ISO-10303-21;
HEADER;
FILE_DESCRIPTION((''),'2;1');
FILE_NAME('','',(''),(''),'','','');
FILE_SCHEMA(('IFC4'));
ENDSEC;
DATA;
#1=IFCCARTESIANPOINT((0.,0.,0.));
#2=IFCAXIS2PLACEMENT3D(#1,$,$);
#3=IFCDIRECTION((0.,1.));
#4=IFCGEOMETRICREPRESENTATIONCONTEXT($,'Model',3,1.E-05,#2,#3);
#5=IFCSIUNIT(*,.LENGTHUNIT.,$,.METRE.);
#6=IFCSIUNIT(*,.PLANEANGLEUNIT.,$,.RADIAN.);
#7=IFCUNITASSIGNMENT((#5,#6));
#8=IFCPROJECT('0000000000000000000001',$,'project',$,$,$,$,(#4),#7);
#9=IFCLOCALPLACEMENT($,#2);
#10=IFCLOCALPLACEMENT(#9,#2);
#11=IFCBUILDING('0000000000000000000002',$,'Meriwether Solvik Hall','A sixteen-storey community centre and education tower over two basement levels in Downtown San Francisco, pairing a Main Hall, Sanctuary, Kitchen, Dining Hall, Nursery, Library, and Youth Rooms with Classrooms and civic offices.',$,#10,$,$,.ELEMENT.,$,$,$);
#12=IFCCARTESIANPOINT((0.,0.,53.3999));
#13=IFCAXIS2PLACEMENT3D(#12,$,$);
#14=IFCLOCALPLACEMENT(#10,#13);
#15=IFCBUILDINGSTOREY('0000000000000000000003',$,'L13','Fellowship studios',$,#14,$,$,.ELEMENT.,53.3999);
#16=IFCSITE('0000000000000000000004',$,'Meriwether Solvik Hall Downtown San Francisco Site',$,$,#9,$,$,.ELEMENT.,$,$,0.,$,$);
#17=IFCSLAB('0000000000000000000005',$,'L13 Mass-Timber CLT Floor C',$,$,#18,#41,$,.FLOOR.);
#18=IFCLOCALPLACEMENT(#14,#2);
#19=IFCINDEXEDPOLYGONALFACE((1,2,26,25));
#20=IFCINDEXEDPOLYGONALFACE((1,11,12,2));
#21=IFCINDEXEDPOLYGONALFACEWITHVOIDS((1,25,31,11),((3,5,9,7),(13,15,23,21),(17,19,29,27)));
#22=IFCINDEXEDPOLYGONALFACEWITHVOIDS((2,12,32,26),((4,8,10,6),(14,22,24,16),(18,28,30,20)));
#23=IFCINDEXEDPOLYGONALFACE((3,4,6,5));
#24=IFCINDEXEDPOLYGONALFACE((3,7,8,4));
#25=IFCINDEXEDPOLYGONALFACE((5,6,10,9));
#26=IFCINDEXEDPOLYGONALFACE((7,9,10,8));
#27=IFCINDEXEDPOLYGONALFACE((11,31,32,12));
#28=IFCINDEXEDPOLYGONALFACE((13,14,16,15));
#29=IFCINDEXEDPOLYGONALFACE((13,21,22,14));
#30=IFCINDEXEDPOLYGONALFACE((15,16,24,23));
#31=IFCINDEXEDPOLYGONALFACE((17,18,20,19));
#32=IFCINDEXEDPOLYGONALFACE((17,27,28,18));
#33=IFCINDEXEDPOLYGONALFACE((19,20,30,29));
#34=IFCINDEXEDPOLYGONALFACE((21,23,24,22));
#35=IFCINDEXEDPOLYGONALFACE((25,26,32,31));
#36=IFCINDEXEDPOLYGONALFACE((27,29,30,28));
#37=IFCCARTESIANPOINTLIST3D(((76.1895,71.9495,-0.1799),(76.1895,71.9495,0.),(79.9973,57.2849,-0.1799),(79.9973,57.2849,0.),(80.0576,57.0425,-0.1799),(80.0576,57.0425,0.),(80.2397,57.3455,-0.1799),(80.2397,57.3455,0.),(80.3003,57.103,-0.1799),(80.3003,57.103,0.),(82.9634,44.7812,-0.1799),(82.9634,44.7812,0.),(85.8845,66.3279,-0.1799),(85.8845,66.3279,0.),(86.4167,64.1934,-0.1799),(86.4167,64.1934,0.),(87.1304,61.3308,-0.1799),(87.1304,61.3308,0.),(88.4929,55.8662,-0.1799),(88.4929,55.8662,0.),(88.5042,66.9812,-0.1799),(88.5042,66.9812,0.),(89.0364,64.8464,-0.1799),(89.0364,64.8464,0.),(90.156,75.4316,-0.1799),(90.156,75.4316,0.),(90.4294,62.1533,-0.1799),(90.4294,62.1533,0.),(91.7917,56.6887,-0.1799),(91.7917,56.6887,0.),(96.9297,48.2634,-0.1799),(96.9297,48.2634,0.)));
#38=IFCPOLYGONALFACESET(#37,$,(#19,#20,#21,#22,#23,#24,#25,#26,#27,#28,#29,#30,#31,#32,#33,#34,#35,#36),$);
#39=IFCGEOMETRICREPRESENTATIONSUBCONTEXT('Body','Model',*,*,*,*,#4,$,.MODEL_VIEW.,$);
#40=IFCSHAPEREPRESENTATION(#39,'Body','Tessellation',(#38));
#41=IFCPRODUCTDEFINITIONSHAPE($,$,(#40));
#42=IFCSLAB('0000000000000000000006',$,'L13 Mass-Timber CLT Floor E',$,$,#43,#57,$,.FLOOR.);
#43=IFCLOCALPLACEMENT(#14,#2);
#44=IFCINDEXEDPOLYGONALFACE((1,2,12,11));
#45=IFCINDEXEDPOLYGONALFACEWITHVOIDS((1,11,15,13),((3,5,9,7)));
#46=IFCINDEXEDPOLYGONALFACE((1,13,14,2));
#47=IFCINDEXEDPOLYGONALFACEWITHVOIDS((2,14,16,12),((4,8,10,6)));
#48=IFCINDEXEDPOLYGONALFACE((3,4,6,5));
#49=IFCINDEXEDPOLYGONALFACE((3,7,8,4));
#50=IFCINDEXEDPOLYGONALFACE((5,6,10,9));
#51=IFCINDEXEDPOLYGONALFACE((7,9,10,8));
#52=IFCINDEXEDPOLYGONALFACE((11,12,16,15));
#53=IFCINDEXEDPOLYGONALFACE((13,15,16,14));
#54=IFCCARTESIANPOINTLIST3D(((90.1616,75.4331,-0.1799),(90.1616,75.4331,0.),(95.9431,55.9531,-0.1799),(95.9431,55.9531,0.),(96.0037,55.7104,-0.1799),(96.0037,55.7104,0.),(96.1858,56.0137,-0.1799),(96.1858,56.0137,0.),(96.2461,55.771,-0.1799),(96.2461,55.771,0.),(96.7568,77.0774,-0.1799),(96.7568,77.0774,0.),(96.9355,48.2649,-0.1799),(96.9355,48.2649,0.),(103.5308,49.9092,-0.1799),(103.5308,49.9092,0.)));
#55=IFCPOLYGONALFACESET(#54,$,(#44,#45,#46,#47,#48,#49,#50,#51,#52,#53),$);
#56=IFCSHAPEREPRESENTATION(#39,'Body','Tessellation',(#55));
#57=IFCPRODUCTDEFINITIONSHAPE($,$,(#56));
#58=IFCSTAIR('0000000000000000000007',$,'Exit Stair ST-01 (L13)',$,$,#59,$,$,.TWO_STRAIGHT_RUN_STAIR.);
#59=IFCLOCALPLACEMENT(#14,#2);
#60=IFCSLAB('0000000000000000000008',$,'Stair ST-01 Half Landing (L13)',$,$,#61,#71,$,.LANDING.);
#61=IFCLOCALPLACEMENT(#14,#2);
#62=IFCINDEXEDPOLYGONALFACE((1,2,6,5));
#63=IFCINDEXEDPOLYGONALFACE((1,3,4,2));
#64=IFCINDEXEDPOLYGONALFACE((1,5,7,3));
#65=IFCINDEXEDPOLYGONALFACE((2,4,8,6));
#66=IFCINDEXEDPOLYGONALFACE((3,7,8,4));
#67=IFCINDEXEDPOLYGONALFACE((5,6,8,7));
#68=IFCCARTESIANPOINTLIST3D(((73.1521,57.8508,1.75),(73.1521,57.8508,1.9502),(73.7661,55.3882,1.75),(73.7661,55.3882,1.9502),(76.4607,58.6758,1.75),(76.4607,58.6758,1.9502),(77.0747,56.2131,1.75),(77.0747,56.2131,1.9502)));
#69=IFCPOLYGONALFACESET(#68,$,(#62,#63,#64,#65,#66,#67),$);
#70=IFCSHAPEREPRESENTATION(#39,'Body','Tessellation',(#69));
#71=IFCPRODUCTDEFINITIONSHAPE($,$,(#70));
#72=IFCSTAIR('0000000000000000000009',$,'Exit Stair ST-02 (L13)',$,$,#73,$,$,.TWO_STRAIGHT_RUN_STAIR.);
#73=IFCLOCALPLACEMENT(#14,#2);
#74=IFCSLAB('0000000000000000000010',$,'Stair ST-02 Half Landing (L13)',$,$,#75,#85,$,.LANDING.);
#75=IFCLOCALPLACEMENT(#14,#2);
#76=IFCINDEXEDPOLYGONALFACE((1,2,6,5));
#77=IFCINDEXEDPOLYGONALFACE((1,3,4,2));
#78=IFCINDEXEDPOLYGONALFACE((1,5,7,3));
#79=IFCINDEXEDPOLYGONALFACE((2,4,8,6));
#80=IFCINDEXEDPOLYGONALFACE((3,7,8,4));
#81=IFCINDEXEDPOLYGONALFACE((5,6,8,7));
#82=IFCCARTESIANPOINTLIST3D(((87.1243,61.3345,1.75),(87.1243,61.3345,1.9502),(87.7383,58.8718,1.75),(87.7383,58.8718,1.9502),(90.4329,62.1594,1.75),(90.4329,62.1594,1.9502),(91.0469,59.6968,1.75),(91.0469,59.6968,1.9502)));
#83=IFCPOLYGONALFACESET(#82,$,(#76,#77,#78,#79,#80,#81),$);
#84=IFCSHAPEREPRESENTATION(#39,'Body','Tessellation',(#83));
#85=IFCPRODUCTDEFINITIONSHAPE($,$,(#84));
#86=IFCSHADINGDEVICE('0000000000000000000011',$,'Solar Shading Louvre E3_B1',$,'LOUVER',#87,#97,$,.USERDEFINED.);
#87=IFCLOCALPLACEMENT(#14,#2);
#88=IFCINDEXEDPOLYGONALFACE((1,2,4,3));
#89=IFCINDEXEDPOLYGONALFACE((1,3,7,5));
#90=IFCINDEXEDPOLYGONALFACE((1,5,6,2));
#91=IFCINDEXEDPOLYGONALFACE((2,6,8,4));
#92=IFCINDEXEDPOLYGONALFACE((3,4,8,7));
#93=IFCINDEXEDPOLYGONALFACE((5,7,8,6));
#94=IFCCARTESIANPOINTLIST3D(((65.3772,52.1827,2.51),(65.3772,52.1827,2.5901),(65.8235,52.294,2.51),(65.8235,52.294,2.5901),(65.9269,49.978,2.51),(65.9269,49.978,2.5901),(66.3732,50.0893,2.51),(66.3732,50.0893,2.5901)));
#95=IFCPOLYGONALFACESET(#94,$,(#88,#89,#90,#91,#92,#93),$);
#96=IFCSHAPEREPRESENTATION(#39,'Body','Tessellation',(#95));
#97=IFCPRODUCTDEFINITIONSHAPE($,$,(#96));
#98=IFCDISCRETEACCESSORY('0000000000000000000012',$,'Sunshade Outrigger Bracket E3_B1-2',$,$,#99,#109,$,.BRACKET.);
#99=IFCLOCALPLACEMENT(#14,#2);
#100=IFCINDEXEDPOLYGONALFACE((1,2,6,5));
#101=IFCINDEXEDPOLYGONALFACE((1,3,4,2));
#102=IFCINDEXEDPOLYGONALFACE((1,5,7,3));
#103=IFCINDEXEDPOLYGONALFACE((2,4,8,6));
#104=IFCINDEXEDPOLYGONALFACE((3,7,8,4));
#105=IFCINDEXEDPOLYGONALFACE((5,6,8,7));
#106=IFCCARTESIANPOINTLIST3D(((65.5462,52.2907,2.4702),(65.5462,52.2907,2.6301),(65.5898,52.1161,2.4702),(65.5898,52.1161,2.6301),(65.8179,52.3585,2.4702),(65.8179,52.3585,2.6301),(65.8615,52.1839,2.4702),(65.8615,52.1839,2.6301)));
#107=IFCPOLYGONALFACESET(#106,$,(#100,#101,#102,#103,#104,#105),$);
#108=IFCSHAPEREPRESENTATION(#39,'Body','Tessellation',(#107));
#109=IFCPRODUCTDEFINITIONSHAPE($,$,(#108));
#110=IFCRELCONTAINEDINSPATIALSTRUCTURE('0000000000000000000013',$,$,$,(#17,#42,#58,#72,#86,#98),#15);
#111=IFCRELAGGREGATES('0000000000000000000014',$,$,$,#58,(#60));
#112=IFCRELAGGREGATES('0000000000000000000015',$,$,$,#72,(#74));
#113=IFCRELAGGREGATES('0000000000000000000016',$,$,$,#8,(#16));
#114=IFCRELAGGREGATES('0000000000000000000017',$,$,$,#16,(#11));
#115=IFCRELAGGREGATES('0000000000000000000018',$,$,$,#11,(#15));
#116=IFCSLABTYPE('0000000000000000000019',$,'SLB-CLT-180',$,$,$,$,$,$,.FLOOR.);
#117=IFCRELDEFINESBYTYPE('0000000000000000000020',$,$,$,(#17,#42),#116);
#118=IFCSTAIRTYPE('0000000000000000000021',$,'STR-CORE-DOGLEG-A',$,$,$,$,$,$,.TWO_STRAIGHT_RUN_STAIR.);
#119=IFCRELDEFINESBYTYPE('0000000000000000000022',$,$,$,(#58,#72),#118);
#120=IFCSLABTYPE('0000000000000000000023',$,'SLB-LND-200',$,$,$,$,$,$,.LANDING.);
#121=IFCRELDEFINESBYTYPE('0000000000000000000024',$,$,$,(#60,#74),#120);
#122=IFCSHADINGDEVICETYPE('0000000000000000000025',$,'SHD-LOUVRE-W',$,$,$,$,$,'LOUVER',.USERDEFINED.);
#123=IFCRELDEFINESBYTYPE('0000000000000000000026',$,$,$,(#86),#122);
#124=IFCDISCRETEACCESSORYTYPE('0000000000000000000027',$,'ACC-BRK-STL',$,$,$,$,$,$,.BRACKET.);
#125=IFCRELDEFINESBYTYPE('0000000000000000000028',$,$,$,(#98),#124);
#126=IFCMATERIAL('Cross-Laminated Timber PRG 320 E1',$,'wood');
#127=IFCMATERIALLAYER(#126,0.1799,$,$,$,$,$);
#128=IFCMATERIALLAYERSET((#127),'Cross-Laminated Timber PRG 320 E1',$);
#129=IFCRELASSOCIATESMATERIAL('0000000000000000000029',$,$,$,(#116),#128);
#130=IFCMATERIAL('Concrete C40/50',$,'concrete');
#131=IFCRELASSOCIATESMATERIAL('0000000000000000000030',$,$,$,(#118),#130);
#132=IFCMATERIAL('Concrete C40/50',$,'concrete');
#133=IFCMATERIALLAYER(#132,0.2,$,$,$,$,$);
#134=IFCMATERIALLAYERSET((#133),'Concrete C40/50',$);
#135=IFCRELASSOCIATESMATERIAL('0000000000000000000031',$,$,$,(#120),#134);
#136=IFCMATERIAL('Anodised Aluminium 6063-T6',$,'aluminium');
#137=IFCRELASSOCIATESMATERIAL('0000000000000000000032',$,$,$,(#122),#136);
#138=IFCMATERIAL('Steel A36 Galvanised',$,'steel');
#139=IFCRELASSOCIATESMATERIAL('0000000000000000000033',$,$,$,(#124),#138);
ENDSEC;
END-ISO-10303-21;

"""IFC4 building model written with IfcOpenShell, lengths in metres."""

from ifc_helpers import new_model, si_unit, direction, frame, origin, origin_2d, place, context, subcontext, project, spatial, polyline, rectangle, outline, extrude, material, layer, layer_set, type_object, element, aggregate, save


model = new_model("IFC4")

# Units and contexts
model_context = context("Model", 3, precision=1e-05, world=origin(), true_north=direction((0.0, 1.0)))
body_context = subcontext(model_context, "Body", "Model", "MODEL_VIEW")
ifc_project = project(units=[si_unit("LENGTHUNIT", "METRE"), si_unit("PLANEANGLEUNIT", "RADIAN")], contexts=[model_context])

# Site, building, storey
site_placement = place(None, origin())
site = spatial("IfcSite", under=ifc_project, at=site_placement, Name="Meriwether Solvik Hall Downtown San Francisco Site", CompositionType="ELEMENT", RefElevation=0.0)
building_placement = place(site_placement, origin())
building = spatial("IfcBuilding", under=site, at=building_placement, Name="Meriwether Solvik Hall", Description="A sixteen-storey community centre and education tower over two basement levels in Downtown San Francisco, pairing a Main Hall, Sanctuary, Kitchen, Dining Hall, Nursery, Library, and Youth Rooms with Classrooms and civic offices.", CompositionType="ELEMENT")
storey_placement = place(building_placement, frame((0.0, 0.0, 53.3999)))
storey = spatial("IfcBuildingStorey", under=building, at=storey_placement, Name="L13", Description="Fellowship studios", CompositionType="ELEMENT", Elevation=53.3999)

# Slabs
ifc_material_1 = material(Name="Cross-Laminated Timber PRG 320 E1", Category="wood")
ifc_layer_1 = layer(ifc_material_1, 0.1799)
ifc_layer_set_1 = layer_set([ifc_layer_1], Name="Cross-Laminated Timber PRG 320 E1")
slab_type_1 = type_object("IfcSlabType", Name="SLB-CLT-180", PredefinedType="FLOOR", material=ifc_layer_set_1)
slab_1_placement = place(storey_placement, frame((0.0, 0.0, -0.1799)))
element("IfcSlab", 1, at=slab_1_placement, inside=storey, type_object=slab_type_1, Name="L13 Mass-Timber CLT Floor C", PredefinedType="FLOOR", context=body_context, shape_type="SweptSolid", body=[
    extrude(outline(polyline([(90.156, 75.4316), (96.9297, 48.2634), (82.9634, 44.7812), (76.1895, 71.9495), (90.156, 75.4316)]), holes=[polyline([(79.9973, 57.2849), (80.0576, 57.0425), (80.3003, 57.103), (80.2397, 57.3455), (79.9973, 57.2849)]), polyline([(88.4929, 55.8662), (91.7917, 56.6887), (90.4294, 62.1533), (87.1304, 61.3308), (88.4929, 55.8662)]), polyline([(85.8845, 66.3279), (86.4167, 64.1934), (89.0364, 64.8464), (88.5042, 66.9812), (85.8845, 66.3279)])]), origin(), (0.0, 0.0, 1.0), 0.1799),
])
slab_2_placement = place(storey_placement, frame((0.0, 0.0, -0.1799)))
element("IfcSlab", 2, at=slab_2_placement, inside=storey, type_object=slab_type_1, Name="L13 Mass-Timber CLT Floor E", PredefinedType="FLOOR", context=body_context, shape_type="SweptSolid", body=[
    extrude(outline(polyline([(96.7568, 77.0774), (103.5308, 49.9092), (96.9355, 48.2649), (90.1616, 75.4331), (96.7568, 77.0774)]), holes=[polyline([(95.9431, 55.9531), (96.0037, 55.7104), (96.2461, 55.771), (96.1858, 56.0137), (95.9431, 55.9531)])]), origin(), (0.0, 0.0, 1.0), 0.1799),
])

# Stairs, slabs
ifc_material_2 = material(Name="Concrete C40/50", Category="concrete")
stair_type = type_object("IfcStairType", Name="STR-CORE-DOGLEG-A", PredefinedType="TWO_STRAIGHT_RUN_STAIR", material=ifc_material_2)
stair_1_placement = place(storey_placement, origin())
stair_1 = element("IfcStair", 3, at=stair_1_placement, inside=storey, type_object=stair_type, Name="Exit Stair ST-01 (L13)", PredefinedType="TWO_STRAIGHT_RUN_STAIR")
ifc_material_3 = material(Name="Concrete C40/50", Category="concrete")
ifc_layer_2 = layer(ifc_material_3, 0.2)
ifc_layer_set_2 = layer_set([ifc_layer_2], Name="Concrete C40/50")
slab_type_2 = type_object("IfcSlabType", Name="SLB-LND-200", PredefinedType="LANDING", material=ifc_layer_set_2)
slab_3_placement = place(storey_placement, frame((0.0, 0.0, 1.75)))
slab_3 = element("IfcSlab", 4, at=slab_3_placement, type_object=slab_type_2, Name="Stair ST-01 Half Landing (L13)", PredefinedType="LANDING", context=body_context, shape_type="SweptSolid", body=[
    extrude(outline(polyline([(73.7661, 55.3882), (77.0747, 56.2131), (76.4607, 58.6758), (73.1521, 57.8508), (73.7661, 55.3882)])), origin(), (0.0, 0.0, 1.0), 0.2002),
])
aggregate(stair_1, [slab_3])
stair_2_placement = place(storey_placement, origin())
stair_2 = element("IfcStair", 5, at=stair_2_placement, inside=storey, type_object=stair_type, Name="Exit Stair ST-02 (L13)", PredefinedType="TWO_STRAIGHT_RUN_STAIR")
slab_4_placement = place(storey_placement, frame((0.0, 0.0, 1.75)))
slab_4 = element("IfcSlab", 6, at=slab_4_placement, type_object=slab_type_2, Name="Stair ST-02 Half Landing (L13)", PredefinedType="LANDING", context=body_context, shape_type="SweptSolid", body=[
    extrude(outline(polyline([(87.7383, 58.8718), (91.0469, 59.6968), (90.4329, 62.1594), (87.1243, 61.3345), (87.7383, 58.8718)])), origin(), (0.0, 0.0, 1.0), 0.2002),
])
aggregate(stair_2, [slab_4])

# Shading device
ifc_material_4 = material(Name="Anodised Aluminium 6063-T6", Category="aluminium")
shading_device_type = type_object("IfcShadingDeviceType", Name="SHD-LOUVRE-W", ElementType="LOUVER", PredefinedType="USERDEFINED", material=ifc_material_4)
shading_device_placement = place(storey_placement, frame((65.8752, 51.136, 2.51), z_axis=(0.0, 0.0, 1.0), x_axis=(-0.241922, 0.970296, 0.0)))
element("IfcShadingDevice", 7, at=shading_device_placement, inside=storey, type_object=shading_device_type, Name="Solar Shading Louvre E3_B1", ObjectType="LOUVER", PredefinedType="USERDEFINED", context=body_context, shape_type="SweptSolid", body=[
    extrude(rectangle(XDim=2.2722, YDim=0.46, at=origin_2d()), origin(), (0.0, 0.0, 1.0), 0.0801),
])

# Discrete accessory
ifc_material_5 = material(Name="Steel A36 Galvanised", Category="steel")
discrete_accessory_type = type_object("IfcDiscreteAccessoryType", Name="ACC-BRK-STL", PredefinedType="BRACKET", material=ifc_material_5)
discrete_accessory_placement = place(storey_placement, frame((65.7039, 52.2373, 2.4702), z_axis=(0.0, 0.0, 1.0), x_axis=(-0.241922, 0.970296, 0.0)))
element("IfcDiscreteAccessory", 8, at=discrete_accessory_placement, inside=storey, type_object=discrete_accessory_type, Name="Sunshade Outrigger Bracket E3_B1-2", PredefinedType="BRACKET", context=body_context, shape_type="SweptSolid", body=[
    extrude(rectangle(XDim=0.1799, YDim=0.28, at=origin_2d()), origin(), (0.0, 0.0, 1.0), 0.1599),
])

save(model, "model.ifc")
